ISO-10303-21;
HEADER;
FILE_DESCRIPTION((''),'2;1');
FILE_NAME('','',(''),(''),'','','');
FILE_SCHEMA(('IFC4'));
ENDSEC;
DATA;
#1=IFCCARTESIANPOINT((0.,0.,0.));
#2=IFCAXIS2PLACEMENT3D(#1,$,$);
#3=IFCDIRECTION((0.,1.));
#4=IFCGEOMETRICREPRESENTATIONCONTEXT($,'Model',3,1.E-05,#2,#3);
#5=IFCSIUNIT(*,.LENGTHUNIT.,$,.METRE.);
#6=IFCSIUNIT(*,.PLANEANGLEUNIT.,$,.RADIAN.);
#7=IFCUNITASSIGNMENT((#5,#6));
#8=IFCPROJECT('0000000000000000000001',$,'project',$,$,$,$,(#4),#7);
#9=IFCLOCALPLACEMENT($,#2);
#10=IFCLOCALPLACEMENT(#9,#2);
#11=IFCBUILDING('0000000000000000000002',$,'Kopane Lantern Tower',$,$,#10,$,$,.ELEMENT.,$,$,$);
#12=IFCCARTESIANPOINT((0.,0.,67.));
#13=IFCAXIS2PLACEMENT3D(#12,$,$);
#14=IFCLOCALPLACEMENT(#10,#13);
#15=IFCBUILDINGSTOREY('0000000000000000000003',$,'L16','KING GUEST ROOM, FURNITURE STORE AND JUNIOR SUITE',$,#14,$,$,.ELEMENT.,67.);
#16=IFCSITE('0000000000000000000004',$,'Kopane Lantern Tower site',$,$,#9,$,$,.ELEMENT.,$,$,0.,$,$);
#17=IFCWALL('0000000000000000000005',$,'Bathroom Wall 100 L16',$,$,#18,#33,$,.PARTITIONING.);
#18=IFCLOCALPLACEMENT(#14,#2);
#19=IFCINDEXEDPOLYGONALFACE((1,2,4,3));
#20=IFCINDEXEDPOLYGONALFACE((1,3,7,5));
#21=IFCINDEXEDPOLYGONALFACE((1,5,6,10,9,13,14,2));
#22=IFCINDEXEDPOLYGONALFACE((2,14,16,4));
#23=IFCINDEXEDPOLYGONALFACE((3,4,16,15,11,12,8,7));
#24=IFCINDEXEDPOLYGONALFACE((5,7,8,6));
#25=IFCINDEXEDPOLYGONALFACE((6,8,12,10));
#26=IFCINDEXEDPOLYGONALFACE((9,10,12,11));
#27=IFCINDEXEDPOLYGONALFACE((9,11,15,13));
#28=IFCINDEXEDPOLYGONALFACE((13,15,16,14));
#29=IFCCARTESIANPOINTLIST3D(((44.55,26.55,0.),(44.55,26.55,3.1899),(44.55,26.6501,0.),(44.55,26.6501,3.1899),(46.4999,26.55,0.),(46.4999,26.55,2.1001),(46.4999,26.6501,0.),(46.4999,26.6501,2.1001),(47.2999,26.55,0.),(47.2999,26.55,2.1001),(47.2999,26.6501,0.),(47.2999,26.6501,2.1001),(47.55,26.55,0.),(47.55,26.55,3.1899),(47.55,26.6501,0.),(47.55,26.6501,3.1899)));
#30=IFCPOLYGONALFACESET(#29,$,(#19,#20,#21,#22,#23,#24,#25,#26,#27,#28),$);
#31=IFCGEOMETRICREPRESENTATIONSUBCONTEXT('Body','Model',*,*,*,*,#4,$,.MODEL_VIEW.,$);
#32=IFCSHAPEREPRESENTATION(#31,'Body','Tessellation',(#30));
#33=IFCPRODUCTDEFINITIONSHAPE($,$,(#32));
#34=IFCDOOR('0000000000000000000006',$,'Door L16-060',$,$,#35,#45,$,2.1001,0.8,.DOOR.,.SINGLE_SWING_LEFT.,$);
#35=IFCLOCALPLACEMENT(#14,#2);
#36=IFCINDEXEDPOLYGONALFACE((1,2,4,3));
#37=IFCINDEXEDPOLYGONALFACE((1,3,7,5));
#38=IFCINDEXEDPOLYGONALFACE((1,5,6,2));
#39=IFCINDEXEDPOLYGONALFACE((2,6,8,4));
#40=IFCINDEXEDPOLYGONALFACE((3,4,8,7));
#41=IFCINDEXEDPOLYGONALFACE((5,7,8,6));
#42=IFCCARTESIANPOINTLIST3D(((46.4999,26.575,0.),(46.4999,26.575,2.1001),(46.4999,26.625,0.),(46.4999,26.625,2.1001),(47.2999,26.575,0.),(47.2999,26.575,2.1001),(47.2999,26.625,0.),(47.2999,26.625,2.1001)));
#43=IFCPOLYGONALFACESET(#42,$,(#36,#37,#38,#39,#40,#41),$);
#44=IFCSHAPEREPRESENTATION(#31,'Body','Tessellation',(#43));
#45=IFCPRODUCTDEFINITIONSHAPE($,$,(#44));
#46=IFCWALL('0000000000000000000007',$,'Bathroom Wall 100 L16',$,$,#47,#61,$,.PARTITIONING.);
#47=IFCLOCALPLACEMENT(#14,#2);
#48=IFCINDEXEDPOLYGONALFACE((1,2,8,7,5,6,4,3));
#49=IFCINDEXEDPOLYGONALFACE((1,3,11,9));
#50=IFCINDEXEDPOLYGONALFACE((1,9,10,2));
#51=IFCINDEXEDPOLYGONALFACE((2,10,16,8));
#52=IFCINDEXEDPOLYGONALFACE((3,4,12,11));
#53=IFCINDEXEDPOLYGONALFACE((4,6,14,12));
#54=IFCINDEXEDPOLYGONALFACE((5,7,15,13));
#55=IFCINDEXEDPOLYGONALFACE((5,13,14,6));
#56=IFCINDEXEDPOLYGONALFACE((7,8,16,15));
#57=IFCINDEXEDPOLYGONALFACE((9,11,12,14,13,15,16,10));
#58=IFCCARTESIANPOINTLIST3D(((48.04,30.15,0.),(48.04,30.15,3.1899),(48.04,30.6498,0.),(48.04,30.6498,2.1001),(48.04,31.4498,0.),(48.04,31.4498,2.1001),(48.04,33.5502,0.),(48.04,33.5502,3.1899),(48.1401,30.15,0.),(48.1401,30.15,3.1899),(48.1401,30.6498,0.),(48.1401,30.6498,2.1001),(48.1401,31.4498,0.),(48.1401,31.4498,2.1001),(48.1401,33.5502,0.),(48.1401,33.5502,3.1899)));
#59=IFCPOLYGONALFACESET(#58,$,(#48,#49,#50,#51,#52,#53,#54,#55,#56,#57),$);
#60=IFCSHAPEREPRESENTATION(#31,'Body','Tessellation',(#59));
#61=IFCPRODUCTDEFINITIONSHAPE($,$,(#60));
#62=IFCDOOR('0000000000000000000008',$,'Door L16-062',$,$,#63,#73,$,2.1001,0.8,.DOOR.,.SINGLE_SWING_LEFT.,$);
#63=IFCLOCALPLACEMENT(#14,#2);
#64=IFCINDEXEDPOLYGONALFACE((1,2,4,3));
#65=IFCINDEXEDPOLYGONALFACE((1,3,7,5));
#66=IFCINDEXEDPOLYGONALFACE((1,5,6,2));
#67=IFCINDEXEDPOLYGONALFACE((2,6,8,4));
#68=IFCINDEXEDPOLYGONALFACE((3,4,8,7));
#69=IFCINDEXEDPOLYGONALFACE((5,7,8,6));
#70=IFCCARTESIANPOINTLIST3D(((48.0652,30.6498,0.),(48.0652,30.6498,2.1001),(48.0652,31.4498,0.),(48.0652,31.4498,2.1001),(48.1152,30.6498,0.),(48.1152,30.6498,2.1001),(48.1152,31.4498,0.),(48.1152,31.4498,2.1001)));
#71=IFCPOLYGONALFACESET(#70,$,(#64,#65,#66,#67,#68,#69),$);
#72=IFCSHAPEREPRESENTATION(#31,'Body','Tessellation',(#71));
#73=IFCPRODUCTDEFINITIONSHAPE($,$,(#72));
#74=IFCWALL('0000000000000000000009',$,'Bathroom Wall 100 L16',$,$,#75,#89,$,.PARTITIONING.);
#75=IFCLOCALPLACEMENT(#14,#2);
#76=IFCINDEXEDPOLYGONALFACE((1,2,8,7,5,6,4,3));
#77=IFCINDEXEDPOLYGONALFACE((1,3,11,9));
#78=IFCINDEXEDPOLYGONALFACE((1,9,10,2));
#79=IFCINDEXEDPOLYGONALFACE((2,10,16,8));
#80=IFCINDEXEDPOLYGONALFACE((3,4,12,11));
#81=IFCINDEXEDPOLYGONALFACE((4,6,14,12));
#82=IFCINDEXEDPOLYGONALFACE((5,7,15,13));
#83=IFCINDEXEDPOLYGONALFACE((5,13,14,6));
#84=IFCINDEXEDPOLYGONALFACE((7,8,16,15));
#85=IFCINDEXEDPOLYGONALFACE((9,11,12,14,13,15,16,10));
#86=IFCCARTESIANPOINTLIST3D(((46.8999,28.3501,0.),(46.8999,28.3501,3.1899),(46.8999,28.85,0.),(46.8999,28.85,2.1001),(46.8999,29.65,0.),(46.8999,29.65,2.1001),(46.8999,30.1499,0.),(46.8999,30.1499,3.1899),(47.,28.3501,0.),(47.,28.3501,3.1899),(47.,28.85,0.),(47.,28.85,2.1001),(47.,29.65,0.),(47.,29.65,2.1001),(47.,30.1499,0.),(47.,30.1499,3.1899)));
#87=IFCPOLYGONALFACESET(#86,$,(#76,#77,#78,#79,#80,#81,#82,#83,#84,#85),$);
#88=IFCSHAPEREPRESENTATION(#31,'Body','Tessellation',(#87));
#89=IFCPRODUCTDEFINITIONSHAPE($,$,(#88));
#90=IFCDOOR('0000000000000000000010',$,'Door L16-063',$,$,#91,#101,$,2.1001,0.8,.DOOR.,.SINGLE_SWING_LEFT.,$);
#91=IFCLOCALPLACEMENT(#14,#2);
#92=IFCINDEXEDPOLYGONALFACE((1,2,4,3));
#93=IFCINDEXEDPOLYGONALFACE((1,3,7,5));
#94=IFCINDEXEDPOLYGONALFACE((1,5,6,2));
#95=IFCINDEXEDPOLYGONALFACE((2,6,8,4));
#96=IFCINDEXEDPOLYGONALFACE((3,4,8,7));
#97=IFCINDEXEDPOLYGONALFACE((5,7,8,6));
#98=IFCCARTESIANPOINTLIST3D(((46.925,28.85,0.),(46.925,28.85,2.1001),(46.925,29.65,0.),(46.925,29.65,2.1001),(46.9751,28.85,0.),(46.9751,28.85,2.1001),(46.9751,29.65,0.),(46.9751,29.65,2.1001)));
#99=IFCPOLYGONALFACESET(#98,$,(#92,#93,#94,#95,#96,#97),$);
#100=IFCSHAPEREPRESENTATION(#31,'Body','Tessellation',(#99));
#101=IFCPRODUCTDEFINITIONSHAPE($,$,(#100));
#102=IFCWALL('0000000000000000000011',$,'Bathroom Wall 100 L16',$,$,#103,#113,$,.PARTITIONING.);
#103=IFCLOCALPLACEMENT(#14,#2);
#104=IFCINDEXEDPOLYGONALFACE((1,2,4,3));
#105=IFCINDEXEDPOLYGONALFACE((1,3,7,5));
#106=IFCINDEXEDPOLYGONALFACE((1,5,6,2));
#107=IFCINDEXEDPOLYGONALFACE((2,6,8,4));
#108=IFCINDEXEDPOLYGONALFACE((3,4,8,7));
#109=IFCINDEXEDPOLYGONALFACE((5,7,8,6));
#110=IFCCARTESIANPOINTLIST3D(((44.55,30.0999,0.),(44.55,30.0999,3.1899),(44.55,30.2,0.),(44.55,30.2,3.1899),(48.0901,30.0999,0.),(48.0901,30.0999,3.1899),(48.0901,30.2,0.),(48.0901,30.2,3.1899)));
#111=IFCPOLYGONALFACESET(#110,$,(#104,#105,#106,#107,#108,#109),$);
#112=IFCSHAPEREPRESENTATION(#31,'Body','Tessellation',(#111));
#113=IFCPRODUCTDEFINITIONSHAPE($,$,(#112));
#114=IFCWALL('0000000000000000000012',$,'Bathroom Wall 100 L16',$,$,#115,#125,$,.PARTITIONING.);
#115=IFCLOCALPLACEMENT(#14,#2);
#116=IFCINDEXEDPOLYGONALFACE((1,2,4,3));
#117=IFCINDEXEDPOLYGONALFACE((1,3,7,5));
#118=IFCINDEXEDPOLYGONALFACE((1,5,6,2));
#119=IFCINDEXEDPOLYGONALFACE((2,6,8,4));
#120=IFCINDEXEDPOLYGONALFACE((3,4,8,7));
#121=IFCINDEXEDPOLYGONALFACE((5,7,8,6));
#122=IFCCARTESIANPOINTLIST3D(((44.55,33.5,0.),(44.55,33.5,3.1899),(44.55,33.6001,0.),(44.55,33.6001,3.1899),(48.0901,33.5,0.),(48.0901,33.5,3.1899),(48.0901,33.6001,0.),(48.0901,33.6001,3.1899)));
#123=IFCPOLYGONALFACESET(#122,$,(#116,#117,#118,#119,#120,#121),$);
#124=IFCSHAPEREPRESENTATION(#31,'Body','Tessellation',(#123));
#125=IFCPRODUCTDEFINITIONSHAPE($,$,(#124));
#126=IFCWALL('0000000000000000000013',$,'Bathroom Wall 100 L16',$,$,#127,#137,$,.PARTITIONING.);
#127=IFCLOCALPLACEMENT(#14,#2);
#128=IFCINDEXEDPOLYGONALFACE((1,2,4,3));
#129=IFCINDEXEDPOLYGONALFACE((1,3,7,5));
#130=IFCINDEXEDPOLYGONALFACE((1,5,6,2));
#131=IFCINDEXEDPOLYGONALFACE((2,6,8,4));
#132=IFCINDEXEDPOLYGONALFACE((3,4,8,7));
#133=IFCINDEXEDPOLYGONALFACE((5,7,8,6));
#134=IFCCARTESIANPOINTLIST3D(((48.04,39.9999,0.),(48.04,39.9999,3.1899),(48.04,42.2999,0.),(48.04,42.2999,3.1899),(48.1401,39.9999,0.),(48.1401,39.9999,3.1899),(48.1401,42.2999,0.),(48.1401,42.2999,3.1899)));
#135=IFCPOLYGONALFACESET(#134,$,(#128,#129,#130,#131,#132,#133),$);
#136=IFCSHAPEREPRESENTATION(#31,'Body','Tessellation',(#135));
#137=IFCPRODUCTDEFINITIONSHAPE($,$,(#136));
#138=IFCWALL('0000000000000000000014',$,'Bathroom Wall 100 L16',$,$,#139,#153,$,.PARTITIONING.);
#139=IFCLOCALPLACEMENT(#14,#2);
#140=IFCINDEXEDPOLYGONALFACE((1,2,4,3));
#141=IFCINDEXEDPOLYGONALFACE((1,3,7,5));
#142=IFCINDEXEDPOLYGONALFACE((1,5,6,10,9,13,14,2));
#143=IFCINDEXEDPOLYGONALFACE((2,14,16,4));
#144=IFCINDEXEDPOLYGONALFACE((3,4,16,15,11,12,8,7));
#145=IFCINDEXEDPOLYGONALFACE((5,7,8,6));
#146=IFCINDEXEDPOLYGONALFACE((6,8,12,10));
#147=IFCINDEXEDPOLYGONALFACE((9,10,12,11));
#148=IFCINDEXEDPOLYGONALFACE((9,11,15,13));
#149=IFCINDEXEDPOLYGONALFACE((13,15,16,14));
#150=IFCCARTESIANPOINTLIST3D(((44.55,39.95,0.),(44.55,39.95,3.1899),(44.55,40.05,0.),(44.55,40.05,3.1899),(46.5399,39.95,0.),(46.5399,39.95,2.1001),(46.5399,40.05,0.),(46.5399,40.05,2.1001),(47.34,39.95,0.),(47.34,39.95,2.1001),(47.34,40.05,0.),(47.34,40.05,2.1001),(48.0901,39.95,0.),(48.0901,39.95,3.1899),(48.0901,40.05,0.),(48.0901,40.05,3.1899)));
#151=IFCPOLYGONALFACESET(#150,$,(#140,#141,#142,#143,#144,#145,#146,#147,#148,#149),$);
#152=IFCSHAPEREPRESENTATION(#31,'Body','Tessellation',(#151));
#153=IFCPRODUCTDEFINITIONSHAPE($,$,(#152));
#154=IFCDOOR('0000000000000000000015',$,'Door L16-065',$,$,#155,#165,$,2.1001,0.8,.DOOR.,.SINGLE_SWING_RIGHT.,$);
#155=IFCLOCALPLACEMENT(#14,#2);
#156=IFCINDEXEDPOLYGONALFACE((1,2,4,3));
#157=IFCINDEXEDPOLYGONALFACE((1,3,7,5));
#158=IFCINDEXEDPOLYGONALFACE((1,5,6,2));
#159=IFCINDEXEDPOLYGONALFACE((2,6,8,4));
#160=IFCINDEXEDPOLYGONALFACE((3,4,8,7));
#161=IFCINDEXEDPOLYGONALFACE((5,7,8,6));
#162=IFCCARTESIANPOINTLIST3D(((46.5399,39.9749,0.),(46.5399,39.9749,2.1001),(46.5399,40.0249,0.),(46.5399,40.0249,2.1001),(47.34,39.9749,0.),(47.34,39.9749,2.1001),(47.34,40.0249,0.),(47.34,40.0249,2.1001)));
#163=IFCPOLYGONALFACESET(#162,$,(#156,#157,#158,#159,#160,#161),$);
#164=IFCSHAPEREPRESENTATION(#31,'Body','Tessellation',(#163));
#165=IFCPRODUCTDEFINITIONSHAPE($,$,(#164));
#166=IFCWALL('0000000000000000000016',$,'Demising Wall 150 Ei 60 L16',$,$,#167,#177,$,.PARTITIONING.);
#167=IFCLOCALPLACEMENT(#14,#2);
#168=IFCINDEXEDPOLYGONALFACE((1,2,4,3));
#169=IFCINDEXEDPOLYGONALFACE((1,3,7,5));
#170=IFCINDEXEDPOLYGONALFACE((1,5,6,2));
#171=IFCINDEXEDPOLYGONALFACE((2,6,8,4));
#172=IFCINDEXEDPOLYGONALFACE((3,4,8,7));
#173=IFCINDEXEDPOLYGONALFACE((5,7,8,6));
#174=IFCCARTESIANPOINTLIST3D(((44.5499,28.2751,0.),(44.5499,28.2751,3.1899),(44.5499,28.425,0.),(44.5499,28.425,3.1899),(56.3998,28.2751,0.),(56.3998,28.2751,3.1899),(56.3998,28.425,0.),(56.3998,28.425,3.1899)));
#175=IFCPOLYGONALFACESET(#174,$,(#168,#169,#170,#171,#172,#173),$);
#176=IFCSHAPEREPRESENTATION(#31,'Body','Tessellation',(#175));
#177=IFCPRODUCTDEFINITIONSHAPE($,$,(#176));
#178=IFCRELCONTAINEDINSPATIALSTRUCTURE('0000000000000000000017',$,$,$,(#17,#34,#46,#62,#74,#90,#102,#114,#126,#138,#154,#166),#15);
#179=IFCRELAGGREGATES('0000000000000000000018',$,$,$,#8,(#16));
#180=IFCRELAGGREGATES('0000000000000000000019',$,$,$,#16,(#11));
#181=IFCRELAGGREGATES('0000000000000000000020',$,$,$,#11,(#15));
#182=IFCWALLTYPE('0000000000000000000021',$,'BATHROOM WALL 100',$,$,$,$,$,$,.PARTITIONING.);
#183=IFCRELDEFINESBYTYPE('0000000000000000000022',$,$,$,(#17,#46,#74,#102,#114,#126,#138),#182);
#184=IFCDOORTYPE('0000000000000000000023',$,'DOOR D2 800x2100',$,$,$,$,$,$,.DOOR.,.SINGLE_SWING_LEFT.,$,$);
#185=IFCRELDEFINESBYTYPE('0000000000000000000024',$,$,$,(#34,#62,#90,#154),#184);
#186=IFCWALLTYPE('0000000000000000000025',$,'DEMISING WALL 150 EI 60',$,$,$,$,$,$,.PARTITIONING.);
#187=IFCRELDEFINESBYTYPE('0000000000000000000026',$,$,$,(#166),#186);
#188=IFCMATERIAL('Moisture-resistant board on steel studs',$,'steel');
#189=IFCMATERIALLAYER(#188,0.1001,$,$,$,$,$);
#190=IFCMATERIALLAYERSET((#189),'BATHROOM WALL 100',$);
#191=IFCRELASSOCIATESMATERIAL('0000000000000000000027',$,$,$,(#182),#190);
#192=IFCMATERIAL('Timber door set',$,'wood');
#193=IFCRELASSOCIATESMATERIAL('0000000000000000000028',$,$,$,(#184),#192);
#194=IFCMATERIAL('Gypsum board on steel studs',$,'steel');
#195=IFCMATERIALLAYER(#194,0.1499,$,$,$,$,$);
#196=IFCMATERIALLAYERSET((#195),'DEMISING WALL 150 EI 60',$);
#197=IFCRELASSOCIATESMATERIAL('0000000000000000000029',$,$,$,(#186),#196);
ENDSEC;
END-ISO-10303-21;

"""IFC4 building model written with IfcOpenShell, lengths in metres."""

from ifc_helpers import new_model, si_unit, direction, frame, frame_2d, origin, place, context, subcontext, project, spatial, rectangle, extrude, material, layer, layer_set, type_object, element, fill, save


model = new_model("IFC4")

# Units and contexts
model_context = context("Model", 3, precision=1e-05, world=origin(), true_north=direction((0.0, 1.0)))
body_context = subcontext(model_context, "Body", "Model", "MODEL_VIEW")
ifc_project = project(units=[si_unit("LENGTHUNIT", "METRE"), si_unit("PLANEANGLEUNIT", "RADIAN")], contexts=[model_context])

# Site, building, storey
site_placement = place(None, origin())
site = spatial("IfcSite", under=ifc_project, at=site_placement, Name="Kopane Lantern Tower site", CompositionType="ELEMENT", RefElevation=0.0)
building_placement = place(site_placement, origin())
building = spatial("IfcBuilding", under=site, at=building_placement, Name="Kopane Lantern Tower", CompositionType="ELEMENT")
storey_placement = place(building_placement, frame((0.0, 0.0, 67.0)))
storey = spatial("IfcBuildingStorey", under=building, at=storey_placement, Name="L16", Description="KING GUEST ROOM, FURNITURE STORE AND JUNIOR SUITE", CompositionType="ELEMENT", Elevation=67.0)

# Walls, openings, doors
ifc_material_1 = material(Name="Moisture-resistant board on steel studs", Category="steel")
ifc_layer_1 = layer(ifc_material_1, 0.1001)
ifc_layer_set_1 = layer_set([ifc_layer_1], Name="BATHROOM WALL 100")
wall_type_1 = type_object("IfcWallType", Name="BATHROOM WALL 100", PredefinedType="PARTITIONING", material=ifc_layer_set_1)
wall_1_placement = place(storey_placement, frame((44.55, 26.6001, 0.0), z_axis=(0.0, 0.0, 1.0), x_axis=(1.0, 0.0, 0.0)))
wall_1 = element("IfcWall", 1, at=wall_1_placement, inside=storey, type_object=wall_type_1, Name="Bathroom Wall 100 L16", PredefinedType="PARTITIONING", context=body_context, shape_type="SweptSolid", body=[
    extrude(rectangle(XDim=3.0, YDim=0.1001, at=frame_2d((1.5, 0.0))), origin(), (0.0, 0.0, 1.0), 3.1899),
])
opening_1_placement = place(wall_1_placement, frame((1.95, 0.0, 0.0)))
opening_1 = element("IfcOpeningElement", 2, at=opening_1_placement, cuts=wall_1, PredefinedType="OPENING", context=body_context, shape_type="SweptSolid", body=[
    extrude(rectangle(XDim=0.8, YDim=2.1001, at=frame_2d((0.3999, 1.05))), frame((0.0, 0.0601, 0.0), z_axis=(0.0, -1.0, 0.0), x_axis=(1.0, 0.0, 0.0)), (0.0, 0.0, 1.0), 0.1201),
])
ifc_material_2 = material(Name="Timber door set", Category="wood")
door_type = type_object("IfcDoorType", Name="DOOR D2 800x2100", OperationType="SINGLE_SWING_LEFT", PredefinedType="DOOR", material=ifc_material_2)
door_1_placement = place(opening_1_placement, origin())
door_1 = element("IfcDoor", 3, at=door_1_placement, inside=storey, type_object=door_type, Name="Door L16-060", OperationType="SINGLE_SWING_LEFT", OverallHeight=2.1001, OverallWidth=0.8, PredefinedType="DOOR", context=body_context, shape_type="SweptSolid", body=[
    extrude(rectangle(XDim=0.8, YDim=2.1001, at=frame_2d((0.3999, 1.05))), frame((0.0, 0.0249, 0.0), z_axis=(0.0, -1.0, 0.0), x_axis=(1.0, 0.0, 0.0)), (0.0, 0.0, 1.0), 0.05),
])
fill(opening_1, door_1)
wall_2_placement = place(storey_placement, frame((48.0901, 30.1499, 0.0), z_axis=(0.0, 0.0, 1.0), x_axis=(0.0, 1.0, 0.0)))
wall_2 = element("IfcWall", 4, at=wall_2_placement, inside=storey, type_object=wall_type_1, Name="Bathroom Wall 100 L16", PredefinedType="PARTITIONING", context=body_context, shape_type="SweptSolid", body=[
    extrude(rectangle(XDim=3.4001, YDim=0.1001, at=frame_2d((1.7002, 0.0))), origin(), (0.0, 0.0, 1.0), 3.1899),
])
opening_2_placement = place(wall_2_placement, frame((0.5, 0.0, 0.0)))
opening_2 = element("IfcOpeningElement", 5, at=opening_2_placement, cuts=wall_2, PredefinedType="OPENING", context=body_context, shape_type="SweptSolid", body=[
    extrude(rectangle(XDim=0.8, YDim=2.1001, at=frame_2d((0.3999, 1.05))), frame((0.0, 0.0601, 0.0), z_axis=(0.0, -1.0, 0.0), x_axis=(1.0, 0.0, 0.0)), (0.0, 0.0, 1.0), 0.1201),
])
door_2_placement = place(opening_2_placement, origin())
door_2 = element("IfcDoor", 6, at=door_2_placement, inside=storey, type_object=door_type, Name="Door L16-062", OperationType="SINGLE_SWING_LEFT", OverallHeight=2.1001, OverallWidth=0.8, PredefinedType="DOOR", context=body_context, shape_type="SweptSolid", body=[
    extrude(rectangle(XDim=0.8, YDim=2.1001, at=frame_2d((0.3999, 1.05))), frame((0.0, 0.0249, 0.0), z_axis=(0.0, -1.0, 0.0), x_axis=(1.0, 0.0, 0.0)), (0.0, 0.0, 1.0), 0.05),
])
fill(opening_2, door_2)
wall_3_placement = place(storey_placement, frame((46.95, 28.3501, 0.0), z_axis=(0.0, 0.0, 1.0), x_axis=(0.0, 1.0, 0.0)))
wall_3 = element("IfcWall", 7, at=wall_3_placement, inside=storey, type_object=wall_type_1, Name="Bathroom Wall 100 L16", PredefinedType="PARTITIONING", context=body_context, shape_type="SweptSolid", body=[
    extrude(rectangle(XDim=1.7998, YDim=0.1001, at=frame_2d((0.8999, 0.0))), origin(), (0.0, 0.0, 1.0), 3.1899),
])
opening_3_placement = place(wall_3_placement, frame((0.5, 0.0, 0.0)))
opening_3 = element("IfcOpeningElement", 8, at=opening_3_placement, cuts=wall_3, PredefinedType="OPENING", context=body_context, shape_type="SweptSolid", body=[
    extrude(rectangle(XDim=0.8, YDim=2.1001, at=frame_2d((0.3999, 1.05))), frame((0.0, 0.0601, 0.0), z_axis=(0.0, -1.0, 0.0), x_axis=(1.0, 0.0, 0.0)), (0.0, 0.0, 1.0), 0.1201),
])
door_3_placement = place(opening_3_placement, origin())
door_3 = element("IfcDoor", 9, at=door_3_placement, inside=storey, type_object=door_type, Name="Door L16-063", OperationType="SINGLE_SWING_LEFT", OverallHeight=2.1001, OverallWidth=0.8, PredefinedType="DOOR", context=body_context, shape_type="SweptSolid", body=[
    extrude(rectangle(XDim=0.8, YDim=2.1001, at=frame_2d((0.3999, 1.05))), frame((0.0, 0.0249, 0.0), z_axis=(0.0, -1.0, 0.0), x_axis=(1.0, 0.0, 0.0)), (0.0, 0.0, 1.0), 0.05),
])
fill(opening_3, door_3)

# Walls
for number, where, z_axis, x_axis, name in (
    (10, (44.55, 30.1499, 0.0), (0.0, 0.0, 1.0), (1.0, 0.0, 0.0), "Bathroom Wall 100 L16"),
    (11, (44.55, 33.55, 0.0), (0.0, 0.0, 1.0), (1.0, 0.0, 0.0), "Bathroom Wall 100 L16"),
):
    element("IfcWall", number, at=place(storey_placement, frame(where, z_axis=z_axis, x_axis=x_axis)), inside=storey, type_object=wall_type_1, Name=name, PredefinedType="PARTITIONING", context=body_context, shape_type="SweptSolid", body=[
        extrude(rectangle(XDim=3.54, YDim=0.1001, at=frame_2d((1.77, 0.0))), origin(), (0.0, 0.0, 1.0), 3.1899),
    ])
wall_4_placement = place(storey_placement, frame((48.0901, 40.0, 0.0), z_axis=(0.0, 0.0, 1.0), x_axis=(0.0, 1.0, 0.0)))
element("IfcWall", 12, at=wall_4_placement, inside=storey, type_object=wall_type_1, Name="Bathroom Wall 100 L16", PredefinedType="PARTITIONING", context=body_context, shape_type="SweptSolid", body=[
    extrude(rectangle(XDim=2.3, YDim=0.1001, at=frame_2d((1.1499, 0.0))), origin(), (0.0, 0.0, 1.0), 3.1899),
])

# Wall, opening, door
wall_5_placement = place(storey_placement, frame((44.55, 40.0, 0.0), z_axis=(0.0, 0.0, 1.0), x_axis=(1.0, 0.0, 0.0)))
wall_5 = element("IfcWall", 13, at=wall_5_placement, inside=storey, type_object=wall_type_1, Name="Bathroom Wall 100 L16", PredefinedType="PARTITIONING", context=body_context, shape_type="SweptSolid", body=[
    extrude(rectangle(XDim=3.54, YDim=0.1001, at=frame_2d((1.77, 0.0))), origin(), (0.0, 0.0, 1.0), 3.1899),
])
opening_4_placement = place(wall_5_placement, frame((1.99, 0.0, 0.0)))
opening_4 = element("IfcOpeningElement", 14, at=opening_4_placement, cuts=wall_5, PredefinedType="OPENING", context=body_context, shape_type="SweptSolid", body=[
    extrude(rectangle(XDim=0.8, YDim=2.1001, at=frame_2d((0.3999, 1.05))), frame((0.0, 0.0601, 0.0), z_axis=(0.0, -1.0, 0.0), x_axis=(1.0, 0.0, 0.0)), (0.0, 0.0, 1.0), 0.1201),
])
door_4_placement = place(opening_4_placement, origin())
door_4 = element("IfcDoor", 15, at=door_4_placement, inside=storey, type_object=door_type, Name="Door L16-065", OperationType="SINGLE_SWING_RIGHT", OverallHeight=2.1001, OverallWidth=0.8, PredefinedType="DOOR", context=body_context, shape_type="SweptSolid", body=[
    extrude(rectangle(XDim=0.8, YDim=2.1001, at=frame_2d((0.3999, 1.05))), frame((0.0, 0.0249, 0.0), z_axis=(0.0, -1.0, 0.0), x_axis=(1.0, 0.0, 0.0)), (0.0, 0.0, 1.0), 0.05),
])
fill(opening_4, door_4)

# Wall
ifc_material_3 = material(Name="Gypsum board on steel studs", Category="steel")
ifc_layer_2 = layer(ifc_material_3, 0.1499)
ifc_layer_set_2 = layer_set([ifc_layer_2], Name="DEMISING WALL 150 EI 60")
wall_type_2 = type_object("IfcWallType", Name="DEMISING WALL 150 EI 60", PredefinedType="PARTITIONING", material=ifc_layer_set_2)
for number, where, z_axis, x_axis, name in (
    (16, (44.55, 28.3501, 0.0), (0.0, 0.0, 1.0), (1.0, 0.0, 0.0), "Demising Wall 150 Ei 60 L16"),
):
    element("IfcWall", number, at=place(storey_placement, frame(where, z_axis=z_axis, x_axis=x_axis)), inside=storey, type_object=wall_type_2, Name=name, PredefinedType="PARTITIONING", context=body_context, shape_type="SweptSolid", body=[
        extrude(rectangle(XDim=11.8499, YDim=0.1499, at=frame_2d((5.9248, 0.0))), origin(), (0.0, 0.0, 1.0), 3.1899),
    ])

save(model, "model.ifc")
